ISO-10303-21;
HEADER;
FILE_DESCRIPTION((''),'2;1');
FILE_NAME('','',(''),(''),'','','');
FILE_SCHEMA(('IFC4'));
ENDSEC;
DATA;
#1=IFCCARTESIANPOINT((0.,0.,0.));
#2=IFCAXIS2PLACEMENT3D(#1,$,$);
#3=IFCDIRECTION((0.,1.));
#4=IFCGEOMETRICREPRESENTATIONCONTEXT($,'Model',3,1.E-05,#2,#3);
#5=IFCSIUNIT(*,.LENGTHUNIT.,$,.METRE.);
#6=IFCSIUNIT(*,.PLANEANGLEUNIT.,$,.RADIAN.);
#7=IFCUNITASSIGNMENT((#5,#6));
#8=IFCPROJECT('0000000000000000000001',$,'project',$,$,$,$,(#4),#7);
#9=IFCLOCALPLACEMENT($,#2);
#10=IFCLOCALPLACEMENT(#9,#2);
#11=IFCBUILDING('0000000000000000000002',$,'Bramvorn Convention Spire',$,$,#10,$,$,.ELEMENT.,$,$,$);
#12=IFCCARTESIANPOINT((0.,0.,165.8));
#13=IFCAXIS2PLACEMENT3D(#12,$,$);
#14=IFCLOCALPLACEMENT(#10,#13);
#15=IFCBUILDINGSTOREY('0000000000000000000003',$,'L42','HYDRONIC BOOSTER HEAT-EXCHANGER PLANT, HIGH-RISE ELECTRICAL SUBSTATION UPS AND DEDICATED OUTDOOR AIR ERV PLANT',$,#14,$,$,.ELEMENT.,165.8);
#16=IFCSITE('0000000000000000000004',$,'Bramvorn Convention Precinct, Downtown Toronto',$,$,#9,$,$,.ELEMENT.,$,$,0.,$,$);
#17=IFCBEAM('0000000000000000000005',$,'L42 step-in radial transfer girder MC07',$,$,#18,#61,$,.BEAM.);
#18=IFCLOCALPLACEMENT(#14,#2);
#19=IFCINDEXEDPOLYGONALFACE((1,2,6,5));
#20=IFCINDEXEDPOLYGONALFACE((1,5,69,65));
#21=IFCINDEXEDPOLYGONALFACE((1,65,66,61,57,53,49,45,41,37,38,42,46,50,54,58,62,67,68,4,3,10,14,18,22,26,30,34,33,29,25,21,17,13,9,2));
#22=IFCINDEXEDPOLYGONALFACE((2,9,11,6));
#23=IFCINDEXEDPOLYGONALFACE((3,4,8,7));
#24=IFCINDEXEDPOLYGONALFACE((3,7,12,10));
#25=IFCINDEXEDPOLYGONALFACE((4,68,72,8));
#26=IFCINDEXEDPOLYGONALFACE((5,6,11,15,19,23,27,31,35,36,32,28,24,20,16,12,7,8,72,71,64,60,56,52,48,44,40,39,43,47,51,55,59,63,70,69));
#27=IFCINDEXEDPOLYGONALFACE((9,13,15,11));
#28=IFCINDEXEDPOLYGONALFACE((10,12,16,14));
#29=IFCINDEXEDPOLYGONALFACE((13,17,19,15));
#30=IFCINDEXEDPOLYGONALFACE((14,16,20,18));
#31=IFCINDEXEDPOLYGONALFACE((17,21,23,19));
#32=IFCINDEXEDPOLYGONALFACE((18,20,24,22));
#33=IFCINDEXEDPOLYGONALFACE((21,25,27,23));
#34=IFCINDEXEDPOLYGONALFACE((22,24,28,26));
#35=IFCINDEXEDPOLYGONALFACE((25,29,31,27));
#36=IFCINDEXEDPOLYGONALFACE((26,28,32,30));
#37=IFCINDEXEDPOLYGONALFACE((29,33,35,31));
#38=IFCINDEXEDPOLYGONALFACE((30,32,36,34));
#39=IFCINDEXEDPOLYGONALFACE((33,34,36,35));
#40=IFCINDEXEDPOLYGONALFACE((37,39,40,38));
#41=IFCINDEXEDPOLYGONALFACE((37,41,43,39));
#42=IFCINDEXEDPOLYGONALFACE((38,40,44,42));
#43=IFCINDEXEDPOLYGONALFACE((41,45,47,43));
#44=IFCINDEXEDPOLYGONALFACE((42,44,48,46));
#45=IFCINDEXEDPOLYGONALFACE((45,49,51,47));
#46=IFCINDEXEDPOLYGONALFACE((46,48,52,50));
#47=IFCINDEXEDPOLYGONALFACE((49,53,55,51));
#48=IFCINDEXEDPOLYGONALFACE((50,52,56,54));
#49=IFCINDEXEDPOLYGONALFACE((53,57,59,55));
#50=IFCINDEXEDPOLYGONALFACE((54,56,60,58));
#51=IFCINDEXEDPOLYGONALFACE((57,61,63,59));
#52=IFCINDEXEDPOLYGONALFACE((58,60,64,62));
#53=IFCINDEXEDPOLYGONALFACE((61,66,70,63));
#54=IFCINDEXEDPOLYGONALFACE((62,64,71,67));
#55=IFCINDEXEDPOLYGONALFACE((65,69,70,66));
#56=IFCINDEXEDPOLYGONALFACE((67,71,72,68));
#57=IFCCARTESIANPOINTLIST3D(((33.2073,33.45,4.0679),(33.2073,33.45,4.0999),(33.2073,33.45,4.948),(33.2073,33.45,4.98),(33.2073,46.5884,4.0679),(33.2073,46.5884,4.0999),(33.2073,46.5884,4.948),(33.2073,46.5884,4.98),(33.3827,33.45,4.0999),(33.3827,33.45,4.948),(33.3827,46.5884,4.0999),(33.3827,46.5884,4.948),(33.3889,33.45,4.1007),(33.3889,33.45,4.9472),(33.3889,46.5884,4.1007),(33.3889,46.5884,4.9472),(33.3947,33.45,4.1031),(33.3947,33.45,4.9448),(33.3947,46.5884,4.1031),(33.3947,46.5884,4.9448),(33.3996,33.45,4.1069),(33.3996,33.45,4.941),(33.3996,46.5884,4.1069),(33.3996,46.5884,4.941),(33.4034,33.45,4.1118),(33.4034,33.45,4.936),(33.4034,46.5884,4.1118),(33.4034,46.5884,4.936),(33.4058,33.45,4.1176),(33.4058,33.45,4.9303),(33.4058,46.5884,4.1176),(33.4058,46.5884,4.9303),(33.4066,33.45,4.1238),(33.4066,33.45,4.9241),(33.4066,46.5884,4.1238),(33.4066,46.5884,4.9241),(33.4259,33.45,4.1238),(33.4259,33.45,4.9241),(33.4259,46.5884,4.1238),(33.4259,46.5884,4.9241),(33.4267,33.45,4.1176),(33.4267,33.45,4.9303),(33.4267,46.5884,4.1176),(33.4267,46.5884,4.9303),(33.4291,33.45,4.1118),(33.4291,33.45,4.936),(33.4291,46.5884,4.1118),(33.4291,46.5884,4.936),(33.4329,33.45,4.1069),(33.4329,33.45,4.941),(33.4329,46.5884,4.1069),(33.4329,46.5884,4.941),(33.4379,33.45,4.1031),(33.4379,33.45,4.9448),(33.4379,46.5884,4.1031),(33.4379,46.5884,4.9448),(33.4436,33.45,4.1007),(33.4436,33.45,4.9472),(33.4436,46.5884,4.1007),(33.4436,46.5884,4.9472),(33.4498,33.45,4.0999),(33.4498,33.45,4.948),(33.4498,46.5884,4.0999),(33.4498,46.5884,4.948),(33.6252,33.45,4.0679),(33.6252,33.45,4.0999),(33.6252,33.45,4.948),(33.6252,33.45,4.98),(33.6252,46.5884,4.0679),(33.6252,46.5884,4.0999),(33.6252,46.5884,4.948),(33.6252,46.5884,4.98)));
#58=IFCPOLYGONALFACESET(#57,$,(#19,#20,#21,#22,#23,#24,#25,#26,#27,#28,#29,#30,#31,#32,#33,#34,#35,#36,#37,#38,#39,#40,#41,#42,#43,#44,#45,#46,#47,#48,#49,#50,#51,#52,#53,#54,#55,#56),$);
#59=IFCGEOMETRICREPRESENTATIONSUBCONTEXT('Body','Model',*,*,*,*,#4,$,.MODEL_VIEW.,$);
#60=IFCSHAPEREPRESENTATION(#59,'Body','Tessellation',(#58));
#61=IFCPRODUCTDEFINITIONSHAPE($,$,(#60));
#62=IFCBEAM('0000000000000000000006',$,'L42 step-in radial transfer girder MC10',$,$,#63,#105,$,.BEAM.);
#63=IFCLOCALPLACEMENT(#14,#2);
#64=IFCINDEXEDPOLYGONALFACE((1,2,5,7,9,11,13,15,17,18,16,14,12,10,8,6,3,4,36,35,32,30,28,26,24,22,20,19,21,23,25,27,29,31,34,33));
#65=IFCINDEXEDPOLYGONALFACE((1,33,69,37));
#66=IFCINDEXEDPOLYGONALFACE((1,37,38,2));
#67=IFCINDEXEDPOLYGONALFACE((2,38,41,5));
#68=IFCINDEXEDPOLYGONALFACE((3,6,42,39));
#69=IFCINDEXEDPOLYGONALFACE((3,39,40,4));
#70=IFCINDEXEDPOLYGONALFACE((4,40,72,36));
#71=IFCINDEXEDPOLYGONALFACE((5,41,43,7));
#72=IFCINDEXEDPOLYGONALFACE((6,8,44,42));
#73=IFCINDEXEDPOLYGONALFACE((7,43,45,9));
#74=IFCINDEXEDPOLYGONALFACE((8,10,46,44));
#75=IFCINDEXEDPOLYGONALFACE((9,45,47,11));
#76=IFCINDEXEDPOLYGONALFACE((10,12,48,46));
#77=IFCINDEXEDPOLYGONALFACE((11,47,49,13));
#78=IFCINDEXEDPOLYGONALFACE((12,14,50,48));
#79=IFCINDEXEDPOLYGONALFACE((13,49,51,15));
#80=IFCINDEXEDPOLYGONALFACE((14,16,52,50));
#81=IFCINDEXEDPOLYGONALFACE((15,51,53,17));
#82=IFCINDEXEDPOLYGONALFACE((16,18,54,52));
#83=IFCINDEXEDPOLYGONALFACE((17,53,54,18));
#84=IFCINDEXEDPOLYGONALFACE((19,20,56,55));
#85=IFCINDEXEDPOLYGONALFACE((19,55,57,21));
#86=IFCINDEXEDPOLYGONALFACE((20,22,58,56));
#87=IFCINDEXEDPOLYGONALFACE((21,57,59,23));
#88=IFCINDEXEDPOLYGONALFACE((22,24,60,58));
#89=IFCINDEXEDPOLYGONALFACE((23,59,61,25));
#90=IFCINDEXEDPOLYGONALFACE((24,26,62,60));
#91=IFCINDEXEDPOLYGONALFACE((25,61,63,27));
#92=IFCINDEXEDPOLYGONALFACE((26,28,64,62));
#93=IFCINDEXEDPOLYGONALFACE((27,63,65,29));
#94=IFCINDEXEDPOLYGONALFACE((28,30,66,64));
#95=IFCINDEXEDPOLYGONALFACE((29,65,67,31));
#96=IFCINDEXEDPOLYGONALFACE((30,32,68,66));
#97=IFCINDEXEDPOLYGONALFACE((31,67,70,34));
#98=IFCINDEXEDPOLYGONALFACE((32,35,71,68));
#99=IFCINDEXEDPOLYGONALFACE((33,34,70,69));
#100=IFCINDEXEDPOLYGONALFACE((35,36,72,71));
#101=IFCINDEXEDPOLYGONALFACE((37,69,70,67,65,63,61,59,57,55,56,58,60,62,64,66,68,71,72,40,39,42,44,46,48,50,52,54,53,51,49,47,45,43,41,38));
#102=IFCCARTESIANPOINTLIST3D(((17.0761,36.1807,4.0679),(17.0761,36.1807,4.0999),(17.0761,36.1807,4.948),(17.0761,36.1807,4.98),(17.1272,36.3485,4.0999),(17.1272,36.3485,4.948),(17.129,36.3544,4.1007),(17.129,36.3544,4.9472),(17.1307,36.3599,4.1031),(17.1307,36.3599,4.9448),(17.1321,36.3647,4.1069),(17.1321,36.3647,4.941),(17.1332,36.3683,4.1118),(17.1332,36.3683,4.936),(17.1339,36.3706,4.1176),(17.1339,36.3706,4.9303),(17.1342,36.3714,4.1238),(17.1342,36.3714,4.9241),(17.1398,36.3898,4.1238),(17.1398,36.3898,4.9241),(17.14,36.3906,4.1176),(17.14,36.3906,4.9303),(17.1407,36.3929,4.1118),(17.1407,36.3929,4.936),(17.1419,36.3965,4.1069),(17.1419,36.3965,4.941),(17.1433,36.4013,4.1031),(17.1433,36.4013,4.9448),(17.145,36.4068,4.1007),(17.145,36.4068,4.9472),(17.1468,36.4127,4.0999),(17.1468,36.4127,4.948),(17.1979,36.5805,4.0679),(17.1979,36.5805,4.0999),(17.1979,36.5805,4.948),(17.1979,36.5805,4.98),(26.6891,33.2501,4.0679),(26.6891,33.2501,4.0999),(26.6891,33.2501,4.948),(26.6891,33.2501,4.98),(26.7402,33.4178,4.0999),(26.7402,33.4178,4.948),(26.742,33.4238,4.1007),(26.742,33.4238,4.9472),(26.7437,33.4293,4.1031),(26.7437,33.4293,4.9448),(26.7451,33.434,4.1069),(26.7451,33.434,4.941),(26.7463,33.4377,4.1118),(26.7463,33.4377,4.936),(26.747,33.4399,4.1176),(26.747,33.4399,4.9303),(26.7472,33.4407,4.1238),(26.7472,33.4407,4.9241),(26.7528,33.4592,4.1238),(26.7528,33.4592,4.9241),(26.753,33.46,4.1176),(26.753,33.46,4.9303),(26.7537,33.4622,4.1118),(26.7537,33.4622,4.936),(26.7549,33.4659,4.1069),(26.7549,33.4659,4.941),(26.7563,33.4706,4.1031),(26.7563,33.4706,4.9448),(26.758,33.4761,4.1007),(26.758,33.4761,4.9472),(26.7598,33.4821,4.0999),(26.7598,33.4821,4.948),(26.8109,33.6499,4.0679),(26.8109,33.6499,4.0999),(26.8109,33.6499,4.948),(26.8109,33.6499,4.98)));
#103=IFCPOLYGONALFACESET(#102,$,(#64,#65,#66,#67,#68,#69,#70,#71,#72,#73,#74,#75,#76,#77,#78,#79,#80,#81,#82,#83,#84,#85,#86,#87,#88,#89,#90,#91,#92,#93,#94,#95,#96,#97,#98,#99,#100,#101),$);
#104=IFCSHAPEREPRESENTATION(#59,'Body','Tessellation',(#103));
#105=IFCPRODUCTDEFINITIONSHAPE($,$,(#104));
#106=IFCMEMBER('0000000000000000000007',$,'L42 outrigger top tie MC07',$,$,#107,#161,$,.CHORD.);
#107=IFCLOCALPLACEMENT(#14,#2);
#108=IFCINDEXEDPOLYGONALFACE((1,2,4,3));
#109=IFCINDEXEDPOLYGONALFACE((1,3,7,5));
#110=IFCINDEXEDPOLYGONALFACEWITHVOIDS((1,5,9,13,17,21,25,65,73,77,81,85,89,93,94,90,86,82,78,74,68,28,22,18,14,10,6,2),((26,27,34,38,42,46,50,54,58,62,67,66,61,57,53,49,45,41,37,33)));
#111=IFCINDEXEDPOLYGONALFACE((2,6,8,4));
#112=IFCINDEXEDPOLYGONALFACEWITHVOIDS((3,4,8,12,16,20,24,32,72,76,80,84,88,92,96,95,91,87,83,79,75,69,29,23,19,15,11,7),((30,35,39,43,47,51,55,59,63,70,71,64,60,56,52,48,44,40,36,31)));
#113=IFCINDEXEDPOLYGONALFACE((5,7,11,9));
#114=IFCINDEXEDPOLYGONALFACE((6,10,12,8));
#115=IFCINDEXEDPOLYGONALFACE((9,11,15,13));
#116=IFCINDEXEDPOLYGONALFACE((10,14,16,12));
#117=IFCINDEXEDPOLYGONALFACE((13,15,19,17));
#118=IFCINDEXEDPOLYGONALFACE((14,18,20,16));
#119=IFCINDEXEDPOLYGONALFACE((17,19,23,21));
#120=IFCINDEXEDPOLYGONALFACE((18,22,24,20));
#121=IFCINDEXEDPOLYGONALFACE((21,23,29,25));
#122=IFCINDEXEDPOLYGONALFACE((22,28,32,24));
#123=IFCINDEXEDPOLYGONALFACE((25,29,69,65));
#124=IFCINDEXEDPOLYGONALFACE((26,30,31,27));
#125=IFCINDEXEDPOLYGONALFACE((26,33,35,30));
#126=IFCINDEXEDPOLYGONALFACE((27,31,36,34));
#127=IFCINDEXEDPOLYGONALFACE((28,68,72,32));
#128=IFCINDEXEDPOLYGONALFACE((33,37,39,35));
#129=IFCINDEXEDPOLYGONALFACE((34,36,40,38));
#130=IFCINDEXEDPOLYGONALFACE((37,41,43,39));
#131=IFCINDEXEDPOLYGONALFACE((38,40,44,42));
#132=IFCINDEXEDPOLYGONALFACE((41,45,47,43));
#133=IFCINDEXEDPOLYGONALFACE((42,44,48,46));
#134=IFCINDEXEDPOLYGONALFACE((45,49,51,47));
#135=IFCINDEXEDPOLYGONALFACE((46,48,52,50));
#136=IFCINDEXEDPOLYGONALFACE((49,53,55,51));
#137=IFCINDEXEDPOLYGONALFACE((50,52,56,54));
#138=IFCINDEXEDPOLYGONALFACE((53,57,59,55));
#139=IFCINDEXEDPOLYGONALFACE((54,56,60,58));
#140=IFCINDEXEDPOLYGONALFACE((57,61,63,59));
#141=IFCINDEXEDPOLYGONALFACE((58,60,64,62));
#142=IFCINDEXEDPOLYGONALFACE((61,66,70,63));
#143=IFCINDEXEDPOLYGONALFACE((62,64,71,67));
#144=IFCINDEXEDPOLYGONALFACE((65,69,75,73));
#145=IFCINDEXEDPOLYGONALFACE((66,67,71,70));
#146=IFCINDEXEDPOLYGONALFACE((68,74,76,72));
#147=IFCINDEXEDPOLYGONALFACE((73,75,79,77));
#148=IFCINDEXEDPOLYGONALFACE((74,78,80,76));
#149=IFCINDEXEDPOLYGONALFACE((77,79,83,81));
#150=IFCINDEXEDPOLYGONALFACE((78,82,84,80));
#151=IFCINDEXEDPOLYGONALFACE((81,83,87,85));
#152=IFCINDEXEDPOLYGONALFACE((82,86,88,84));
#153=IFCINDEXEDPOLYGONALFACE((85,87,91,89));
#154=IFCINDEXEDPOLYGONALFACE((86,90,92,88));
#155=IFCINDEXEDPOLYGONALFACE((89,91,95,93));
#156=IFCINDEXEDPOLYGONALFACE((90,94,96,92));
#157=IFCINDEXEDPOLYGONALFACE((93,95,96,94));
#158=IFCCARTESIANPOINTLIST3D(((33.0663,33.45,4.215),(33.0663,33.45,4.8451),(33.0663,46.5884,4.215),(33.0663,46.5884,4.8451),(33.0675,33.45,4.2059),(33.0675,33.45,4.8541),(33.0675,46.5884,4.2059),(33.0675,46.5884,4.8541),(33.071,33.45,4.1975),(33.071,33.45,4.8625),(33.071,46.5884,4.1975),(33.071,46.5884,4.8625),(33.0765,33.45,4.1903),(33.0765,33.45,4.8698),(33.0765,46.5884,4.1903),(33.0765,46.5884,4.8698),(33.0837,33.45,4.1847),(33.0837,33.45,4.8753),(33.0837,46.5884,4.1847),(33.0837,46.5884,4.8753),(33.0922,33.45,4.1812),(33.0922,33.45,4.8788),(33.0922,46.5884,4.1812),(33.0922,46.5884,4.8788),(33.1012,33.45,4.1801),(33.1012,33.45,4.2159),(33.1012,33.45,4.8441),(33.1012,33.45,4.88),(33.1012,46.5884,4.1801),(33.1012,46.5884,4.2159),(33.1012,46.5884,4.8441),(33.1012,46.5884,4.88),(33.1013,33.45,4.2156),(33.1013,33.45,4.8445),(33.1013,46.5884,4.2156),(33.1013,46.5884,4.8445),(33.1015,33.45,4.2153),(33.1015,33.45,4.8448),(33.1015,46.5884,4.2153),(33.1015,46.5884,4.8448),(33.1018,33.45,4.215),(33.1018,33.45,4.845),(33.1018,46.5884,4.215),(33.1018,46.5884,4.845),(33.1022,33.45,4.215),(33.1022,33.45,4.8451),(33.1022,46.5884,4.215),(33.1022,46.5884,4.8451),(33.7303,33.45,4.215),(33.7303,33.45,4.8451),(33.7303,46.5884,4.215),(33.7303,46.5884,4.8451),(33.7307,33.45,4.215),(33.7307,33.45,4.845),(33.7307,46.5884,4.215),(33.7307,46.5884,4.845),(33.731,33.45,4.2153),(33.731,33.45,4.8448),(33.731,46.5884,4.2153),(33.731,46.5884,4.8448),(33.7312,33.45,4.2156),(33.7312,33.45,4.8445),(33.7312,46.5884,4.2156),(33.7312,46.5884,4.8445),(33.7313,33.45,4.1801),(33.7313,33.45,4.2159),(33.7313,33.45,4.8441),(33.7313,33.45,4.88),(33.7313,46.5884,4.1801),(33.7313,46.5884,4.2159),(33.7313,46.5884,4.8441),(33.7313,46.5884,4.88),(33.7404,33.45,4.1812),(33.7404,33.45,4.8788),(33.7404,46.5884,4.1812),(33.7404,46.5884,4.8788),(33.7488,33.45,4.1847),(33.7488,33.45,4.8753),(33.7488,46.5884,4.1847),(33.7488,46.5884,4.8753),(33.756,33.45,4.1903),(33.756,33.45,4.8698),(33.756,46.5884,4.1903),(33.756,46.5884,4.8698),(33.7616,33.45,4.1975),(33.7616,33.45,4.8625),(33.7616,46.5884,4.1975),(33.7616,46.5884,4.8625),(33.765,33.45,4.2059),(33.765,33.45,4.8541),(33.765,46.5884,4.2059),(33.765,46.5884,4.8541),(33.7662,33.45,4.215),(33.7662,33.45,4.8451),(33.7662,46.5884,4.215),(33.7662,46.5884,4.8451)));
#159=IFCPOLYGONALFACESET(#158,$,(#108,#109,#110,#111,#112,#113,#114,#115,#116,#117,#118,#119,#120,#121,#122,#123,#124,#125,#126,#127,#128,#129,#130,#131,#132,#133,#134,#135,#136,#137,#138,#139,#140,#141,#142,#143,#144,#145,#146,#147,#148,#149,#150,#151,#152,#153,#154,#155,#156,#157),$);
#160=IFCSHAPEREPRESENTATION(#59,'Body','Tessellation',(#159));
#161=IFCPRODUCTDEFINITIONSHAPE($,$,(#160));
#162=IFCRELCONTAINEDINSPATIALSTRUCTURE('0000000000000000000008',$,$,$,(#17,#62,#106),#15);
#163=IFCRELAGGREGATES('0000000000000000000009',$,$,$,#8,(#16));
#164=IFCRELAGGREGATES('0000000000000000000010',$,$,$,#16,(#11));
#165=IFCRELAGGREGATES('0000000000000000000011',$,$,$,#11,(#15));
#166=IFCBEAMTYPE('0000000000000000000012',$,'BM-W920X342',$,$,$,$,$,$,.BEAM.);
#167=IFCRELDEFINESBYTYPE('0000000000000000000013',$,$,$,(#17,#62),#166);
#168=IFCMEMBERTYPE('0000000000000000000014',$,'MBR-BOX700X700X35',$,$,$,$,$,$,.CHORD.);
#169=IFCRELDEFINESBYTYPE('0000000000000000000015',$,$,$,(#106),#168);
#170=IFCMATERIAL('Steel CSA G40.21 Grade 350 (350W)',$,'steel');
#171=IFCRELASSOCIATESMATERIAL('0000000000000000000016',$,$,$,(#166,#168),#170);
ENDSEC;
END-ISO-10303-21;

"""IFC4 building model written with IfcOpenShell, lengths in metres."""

from ifc_helpers import new_model, si_unit, direction, frame, origin, origin_2d, place, context, subcontext, project, spatial, hollow_rectangle, i_section, extrude, material, material_profile, profile_set, type_object, element, save


model = new_model("IFC4")

# Units and contexts
model_context = context("Model", 3, precision=1e-05, world=origin(), true_north=direction((0.0, 1.0)))
body_context = subcontext(model_context, "Body", "Model", "MODEL_VIEW")
ifc_project = project(units=[si_unit("LENGTHUNIT", "METRE"), si_unit("PLANEANGLEUNIT", "RADIAN")], contexts=[model_context])

# Site, building, storey
site_placement = place(None, origin())
site = spatial("IfcSite", under=ifc_project, at=site_placement, Name="Bramvorn Convention Precinct, Downtown Toronto", CompositionType="ELEMENT", RefElevation=0.0)
building_placement = place(site_placement, origin())
building = spatial("IfcBuilding", under=site, at=building_placement, Name="Bramvorn Convention Spire", CompositionType="ELEMENT")
storey_placement = place(building_placement, frame((0.0, 0.0, 165.8)))
storey = spatial("IfcBuildingStorey", under=building, at=storey_placement, Name="L42", Description="HYDRONIC BOOSTER HEAT-EXCHANGER PLANT, HIGH-RISE ELECTRICAL SUBSTATION UPS AND DEDICATED OUTDOOR AIR ERV PLANT", CompositionType="ELEMENT", Elevation=165.8)

# Beams
ifc_material_1 = material(Name="Steel CSA G40.21 Grade 350 (350W)", Category="steel")
ifc_material_profile_1 = material_profile(ifc_material_1, i_section(OverallWidth=0.418, OverallDepth=0.9121, WebThickness=0.0193, FlangeThickness=0.032, FilletRadius=0.0239, at=origin_2d()))
ifc_profile_set_1 = profile_set([ifc_material_profile_1], Name="Steel CSA G40.21 Grade 350 (350W) - W920X342")
beam_type = type_object("IfcBeamType", Name="BM-W920X342", PredefinedType="BEAM", material=ifc_profile_set_1)
beam_1_placement = place(storey_placement, frame((33.4163, 33.45, 4.5239), z_axis=(0.0, 1.0, 0.0), x_axis=(-1.0, 0.0, 0.0)))
element("IfcBeam", 1, at=beam_1_placement, inside=storey, type_object=beam_type, Name="L42 step-in radial transfer girder MC07", PredefinedType="BEAM", context=body_context, shape_type="SweptSolid", body=[
    extrude(i_section(OverallWidth=0.418, OverallDepth=0.9121, WebThickness=0.0193, FlangeThickness=0.032, FilletRadius=0.0239, at=origin_2d()), origin(), (0.0, 0.0, 1.0), 13.1384),
])
beam_2_placement = place(storey_placement, frame((26.75, 33.45, 4.5239), z_axis=(-0.956536, 0.291613, 0.0), x_axis=(-0.291613, -0.956536, 0.0)))
element("IfcBeam", 2, at=beam_2_placement, inside=storey, type_object=beam_type, Name="L42 step-in radial transfer girder MC10", PredefinedType="BEAM", context=body_context, shape_type="SweptSolid", body=[
    extrude(i_section(OverallWidth=0.418, OverallDepth=0.9121, WebThickness=0.0193, FlangeThickness=0.032, FilletRadius=0.0239, at=origin_2d()), origin(), (0.0, 0.0, 1.0), 10.0498),
])

# Member
ifc_material_profile_2 = material_profile(ifc_material_1, hollow_rectangle(XDim=0.7, YDim=0.7, WallThickness=0.0349, InnerFilletRadius=0.001, OuterFilletRadius=0.0349, at=origin_2d()))
ifc_profile_set_2 = profile_set([ifc_material_profile_2], Name="Steel CSA G40.21 Grade 350 (350W) - BOX700X700X35")
member_type = type_object("IfcMemberType", Name="MBR-BOX700X700X35", PredefinedType="CHORD", material=ifc_profile_set_2)
member_1_placement = place(storey_placement, frame((33.4163, 33.45, 4.53), z_axis=(0.0, 1.0, 0.0), x_axis=(-1.0, 0.0, 0.0)))
element("IfcMember", 3, at=member_1_placement, inside=storey, type_object=member_type, Name="L42 outrigger top tie MC07", PredefinedType="CHORD", context=body_context, shape_type="SweptSolid", body=[
    extrude(hollow_rectangle(XDim=0.7, YDim=0.7, WallThickness=0.0349, InnerFilletRadius=0.001, OuterFilletRadius=0.0349, at=origin_2d()), origin(), (0.0, 0.0, 1.0), 13.1384),
])

save(model, "model.ifc")
